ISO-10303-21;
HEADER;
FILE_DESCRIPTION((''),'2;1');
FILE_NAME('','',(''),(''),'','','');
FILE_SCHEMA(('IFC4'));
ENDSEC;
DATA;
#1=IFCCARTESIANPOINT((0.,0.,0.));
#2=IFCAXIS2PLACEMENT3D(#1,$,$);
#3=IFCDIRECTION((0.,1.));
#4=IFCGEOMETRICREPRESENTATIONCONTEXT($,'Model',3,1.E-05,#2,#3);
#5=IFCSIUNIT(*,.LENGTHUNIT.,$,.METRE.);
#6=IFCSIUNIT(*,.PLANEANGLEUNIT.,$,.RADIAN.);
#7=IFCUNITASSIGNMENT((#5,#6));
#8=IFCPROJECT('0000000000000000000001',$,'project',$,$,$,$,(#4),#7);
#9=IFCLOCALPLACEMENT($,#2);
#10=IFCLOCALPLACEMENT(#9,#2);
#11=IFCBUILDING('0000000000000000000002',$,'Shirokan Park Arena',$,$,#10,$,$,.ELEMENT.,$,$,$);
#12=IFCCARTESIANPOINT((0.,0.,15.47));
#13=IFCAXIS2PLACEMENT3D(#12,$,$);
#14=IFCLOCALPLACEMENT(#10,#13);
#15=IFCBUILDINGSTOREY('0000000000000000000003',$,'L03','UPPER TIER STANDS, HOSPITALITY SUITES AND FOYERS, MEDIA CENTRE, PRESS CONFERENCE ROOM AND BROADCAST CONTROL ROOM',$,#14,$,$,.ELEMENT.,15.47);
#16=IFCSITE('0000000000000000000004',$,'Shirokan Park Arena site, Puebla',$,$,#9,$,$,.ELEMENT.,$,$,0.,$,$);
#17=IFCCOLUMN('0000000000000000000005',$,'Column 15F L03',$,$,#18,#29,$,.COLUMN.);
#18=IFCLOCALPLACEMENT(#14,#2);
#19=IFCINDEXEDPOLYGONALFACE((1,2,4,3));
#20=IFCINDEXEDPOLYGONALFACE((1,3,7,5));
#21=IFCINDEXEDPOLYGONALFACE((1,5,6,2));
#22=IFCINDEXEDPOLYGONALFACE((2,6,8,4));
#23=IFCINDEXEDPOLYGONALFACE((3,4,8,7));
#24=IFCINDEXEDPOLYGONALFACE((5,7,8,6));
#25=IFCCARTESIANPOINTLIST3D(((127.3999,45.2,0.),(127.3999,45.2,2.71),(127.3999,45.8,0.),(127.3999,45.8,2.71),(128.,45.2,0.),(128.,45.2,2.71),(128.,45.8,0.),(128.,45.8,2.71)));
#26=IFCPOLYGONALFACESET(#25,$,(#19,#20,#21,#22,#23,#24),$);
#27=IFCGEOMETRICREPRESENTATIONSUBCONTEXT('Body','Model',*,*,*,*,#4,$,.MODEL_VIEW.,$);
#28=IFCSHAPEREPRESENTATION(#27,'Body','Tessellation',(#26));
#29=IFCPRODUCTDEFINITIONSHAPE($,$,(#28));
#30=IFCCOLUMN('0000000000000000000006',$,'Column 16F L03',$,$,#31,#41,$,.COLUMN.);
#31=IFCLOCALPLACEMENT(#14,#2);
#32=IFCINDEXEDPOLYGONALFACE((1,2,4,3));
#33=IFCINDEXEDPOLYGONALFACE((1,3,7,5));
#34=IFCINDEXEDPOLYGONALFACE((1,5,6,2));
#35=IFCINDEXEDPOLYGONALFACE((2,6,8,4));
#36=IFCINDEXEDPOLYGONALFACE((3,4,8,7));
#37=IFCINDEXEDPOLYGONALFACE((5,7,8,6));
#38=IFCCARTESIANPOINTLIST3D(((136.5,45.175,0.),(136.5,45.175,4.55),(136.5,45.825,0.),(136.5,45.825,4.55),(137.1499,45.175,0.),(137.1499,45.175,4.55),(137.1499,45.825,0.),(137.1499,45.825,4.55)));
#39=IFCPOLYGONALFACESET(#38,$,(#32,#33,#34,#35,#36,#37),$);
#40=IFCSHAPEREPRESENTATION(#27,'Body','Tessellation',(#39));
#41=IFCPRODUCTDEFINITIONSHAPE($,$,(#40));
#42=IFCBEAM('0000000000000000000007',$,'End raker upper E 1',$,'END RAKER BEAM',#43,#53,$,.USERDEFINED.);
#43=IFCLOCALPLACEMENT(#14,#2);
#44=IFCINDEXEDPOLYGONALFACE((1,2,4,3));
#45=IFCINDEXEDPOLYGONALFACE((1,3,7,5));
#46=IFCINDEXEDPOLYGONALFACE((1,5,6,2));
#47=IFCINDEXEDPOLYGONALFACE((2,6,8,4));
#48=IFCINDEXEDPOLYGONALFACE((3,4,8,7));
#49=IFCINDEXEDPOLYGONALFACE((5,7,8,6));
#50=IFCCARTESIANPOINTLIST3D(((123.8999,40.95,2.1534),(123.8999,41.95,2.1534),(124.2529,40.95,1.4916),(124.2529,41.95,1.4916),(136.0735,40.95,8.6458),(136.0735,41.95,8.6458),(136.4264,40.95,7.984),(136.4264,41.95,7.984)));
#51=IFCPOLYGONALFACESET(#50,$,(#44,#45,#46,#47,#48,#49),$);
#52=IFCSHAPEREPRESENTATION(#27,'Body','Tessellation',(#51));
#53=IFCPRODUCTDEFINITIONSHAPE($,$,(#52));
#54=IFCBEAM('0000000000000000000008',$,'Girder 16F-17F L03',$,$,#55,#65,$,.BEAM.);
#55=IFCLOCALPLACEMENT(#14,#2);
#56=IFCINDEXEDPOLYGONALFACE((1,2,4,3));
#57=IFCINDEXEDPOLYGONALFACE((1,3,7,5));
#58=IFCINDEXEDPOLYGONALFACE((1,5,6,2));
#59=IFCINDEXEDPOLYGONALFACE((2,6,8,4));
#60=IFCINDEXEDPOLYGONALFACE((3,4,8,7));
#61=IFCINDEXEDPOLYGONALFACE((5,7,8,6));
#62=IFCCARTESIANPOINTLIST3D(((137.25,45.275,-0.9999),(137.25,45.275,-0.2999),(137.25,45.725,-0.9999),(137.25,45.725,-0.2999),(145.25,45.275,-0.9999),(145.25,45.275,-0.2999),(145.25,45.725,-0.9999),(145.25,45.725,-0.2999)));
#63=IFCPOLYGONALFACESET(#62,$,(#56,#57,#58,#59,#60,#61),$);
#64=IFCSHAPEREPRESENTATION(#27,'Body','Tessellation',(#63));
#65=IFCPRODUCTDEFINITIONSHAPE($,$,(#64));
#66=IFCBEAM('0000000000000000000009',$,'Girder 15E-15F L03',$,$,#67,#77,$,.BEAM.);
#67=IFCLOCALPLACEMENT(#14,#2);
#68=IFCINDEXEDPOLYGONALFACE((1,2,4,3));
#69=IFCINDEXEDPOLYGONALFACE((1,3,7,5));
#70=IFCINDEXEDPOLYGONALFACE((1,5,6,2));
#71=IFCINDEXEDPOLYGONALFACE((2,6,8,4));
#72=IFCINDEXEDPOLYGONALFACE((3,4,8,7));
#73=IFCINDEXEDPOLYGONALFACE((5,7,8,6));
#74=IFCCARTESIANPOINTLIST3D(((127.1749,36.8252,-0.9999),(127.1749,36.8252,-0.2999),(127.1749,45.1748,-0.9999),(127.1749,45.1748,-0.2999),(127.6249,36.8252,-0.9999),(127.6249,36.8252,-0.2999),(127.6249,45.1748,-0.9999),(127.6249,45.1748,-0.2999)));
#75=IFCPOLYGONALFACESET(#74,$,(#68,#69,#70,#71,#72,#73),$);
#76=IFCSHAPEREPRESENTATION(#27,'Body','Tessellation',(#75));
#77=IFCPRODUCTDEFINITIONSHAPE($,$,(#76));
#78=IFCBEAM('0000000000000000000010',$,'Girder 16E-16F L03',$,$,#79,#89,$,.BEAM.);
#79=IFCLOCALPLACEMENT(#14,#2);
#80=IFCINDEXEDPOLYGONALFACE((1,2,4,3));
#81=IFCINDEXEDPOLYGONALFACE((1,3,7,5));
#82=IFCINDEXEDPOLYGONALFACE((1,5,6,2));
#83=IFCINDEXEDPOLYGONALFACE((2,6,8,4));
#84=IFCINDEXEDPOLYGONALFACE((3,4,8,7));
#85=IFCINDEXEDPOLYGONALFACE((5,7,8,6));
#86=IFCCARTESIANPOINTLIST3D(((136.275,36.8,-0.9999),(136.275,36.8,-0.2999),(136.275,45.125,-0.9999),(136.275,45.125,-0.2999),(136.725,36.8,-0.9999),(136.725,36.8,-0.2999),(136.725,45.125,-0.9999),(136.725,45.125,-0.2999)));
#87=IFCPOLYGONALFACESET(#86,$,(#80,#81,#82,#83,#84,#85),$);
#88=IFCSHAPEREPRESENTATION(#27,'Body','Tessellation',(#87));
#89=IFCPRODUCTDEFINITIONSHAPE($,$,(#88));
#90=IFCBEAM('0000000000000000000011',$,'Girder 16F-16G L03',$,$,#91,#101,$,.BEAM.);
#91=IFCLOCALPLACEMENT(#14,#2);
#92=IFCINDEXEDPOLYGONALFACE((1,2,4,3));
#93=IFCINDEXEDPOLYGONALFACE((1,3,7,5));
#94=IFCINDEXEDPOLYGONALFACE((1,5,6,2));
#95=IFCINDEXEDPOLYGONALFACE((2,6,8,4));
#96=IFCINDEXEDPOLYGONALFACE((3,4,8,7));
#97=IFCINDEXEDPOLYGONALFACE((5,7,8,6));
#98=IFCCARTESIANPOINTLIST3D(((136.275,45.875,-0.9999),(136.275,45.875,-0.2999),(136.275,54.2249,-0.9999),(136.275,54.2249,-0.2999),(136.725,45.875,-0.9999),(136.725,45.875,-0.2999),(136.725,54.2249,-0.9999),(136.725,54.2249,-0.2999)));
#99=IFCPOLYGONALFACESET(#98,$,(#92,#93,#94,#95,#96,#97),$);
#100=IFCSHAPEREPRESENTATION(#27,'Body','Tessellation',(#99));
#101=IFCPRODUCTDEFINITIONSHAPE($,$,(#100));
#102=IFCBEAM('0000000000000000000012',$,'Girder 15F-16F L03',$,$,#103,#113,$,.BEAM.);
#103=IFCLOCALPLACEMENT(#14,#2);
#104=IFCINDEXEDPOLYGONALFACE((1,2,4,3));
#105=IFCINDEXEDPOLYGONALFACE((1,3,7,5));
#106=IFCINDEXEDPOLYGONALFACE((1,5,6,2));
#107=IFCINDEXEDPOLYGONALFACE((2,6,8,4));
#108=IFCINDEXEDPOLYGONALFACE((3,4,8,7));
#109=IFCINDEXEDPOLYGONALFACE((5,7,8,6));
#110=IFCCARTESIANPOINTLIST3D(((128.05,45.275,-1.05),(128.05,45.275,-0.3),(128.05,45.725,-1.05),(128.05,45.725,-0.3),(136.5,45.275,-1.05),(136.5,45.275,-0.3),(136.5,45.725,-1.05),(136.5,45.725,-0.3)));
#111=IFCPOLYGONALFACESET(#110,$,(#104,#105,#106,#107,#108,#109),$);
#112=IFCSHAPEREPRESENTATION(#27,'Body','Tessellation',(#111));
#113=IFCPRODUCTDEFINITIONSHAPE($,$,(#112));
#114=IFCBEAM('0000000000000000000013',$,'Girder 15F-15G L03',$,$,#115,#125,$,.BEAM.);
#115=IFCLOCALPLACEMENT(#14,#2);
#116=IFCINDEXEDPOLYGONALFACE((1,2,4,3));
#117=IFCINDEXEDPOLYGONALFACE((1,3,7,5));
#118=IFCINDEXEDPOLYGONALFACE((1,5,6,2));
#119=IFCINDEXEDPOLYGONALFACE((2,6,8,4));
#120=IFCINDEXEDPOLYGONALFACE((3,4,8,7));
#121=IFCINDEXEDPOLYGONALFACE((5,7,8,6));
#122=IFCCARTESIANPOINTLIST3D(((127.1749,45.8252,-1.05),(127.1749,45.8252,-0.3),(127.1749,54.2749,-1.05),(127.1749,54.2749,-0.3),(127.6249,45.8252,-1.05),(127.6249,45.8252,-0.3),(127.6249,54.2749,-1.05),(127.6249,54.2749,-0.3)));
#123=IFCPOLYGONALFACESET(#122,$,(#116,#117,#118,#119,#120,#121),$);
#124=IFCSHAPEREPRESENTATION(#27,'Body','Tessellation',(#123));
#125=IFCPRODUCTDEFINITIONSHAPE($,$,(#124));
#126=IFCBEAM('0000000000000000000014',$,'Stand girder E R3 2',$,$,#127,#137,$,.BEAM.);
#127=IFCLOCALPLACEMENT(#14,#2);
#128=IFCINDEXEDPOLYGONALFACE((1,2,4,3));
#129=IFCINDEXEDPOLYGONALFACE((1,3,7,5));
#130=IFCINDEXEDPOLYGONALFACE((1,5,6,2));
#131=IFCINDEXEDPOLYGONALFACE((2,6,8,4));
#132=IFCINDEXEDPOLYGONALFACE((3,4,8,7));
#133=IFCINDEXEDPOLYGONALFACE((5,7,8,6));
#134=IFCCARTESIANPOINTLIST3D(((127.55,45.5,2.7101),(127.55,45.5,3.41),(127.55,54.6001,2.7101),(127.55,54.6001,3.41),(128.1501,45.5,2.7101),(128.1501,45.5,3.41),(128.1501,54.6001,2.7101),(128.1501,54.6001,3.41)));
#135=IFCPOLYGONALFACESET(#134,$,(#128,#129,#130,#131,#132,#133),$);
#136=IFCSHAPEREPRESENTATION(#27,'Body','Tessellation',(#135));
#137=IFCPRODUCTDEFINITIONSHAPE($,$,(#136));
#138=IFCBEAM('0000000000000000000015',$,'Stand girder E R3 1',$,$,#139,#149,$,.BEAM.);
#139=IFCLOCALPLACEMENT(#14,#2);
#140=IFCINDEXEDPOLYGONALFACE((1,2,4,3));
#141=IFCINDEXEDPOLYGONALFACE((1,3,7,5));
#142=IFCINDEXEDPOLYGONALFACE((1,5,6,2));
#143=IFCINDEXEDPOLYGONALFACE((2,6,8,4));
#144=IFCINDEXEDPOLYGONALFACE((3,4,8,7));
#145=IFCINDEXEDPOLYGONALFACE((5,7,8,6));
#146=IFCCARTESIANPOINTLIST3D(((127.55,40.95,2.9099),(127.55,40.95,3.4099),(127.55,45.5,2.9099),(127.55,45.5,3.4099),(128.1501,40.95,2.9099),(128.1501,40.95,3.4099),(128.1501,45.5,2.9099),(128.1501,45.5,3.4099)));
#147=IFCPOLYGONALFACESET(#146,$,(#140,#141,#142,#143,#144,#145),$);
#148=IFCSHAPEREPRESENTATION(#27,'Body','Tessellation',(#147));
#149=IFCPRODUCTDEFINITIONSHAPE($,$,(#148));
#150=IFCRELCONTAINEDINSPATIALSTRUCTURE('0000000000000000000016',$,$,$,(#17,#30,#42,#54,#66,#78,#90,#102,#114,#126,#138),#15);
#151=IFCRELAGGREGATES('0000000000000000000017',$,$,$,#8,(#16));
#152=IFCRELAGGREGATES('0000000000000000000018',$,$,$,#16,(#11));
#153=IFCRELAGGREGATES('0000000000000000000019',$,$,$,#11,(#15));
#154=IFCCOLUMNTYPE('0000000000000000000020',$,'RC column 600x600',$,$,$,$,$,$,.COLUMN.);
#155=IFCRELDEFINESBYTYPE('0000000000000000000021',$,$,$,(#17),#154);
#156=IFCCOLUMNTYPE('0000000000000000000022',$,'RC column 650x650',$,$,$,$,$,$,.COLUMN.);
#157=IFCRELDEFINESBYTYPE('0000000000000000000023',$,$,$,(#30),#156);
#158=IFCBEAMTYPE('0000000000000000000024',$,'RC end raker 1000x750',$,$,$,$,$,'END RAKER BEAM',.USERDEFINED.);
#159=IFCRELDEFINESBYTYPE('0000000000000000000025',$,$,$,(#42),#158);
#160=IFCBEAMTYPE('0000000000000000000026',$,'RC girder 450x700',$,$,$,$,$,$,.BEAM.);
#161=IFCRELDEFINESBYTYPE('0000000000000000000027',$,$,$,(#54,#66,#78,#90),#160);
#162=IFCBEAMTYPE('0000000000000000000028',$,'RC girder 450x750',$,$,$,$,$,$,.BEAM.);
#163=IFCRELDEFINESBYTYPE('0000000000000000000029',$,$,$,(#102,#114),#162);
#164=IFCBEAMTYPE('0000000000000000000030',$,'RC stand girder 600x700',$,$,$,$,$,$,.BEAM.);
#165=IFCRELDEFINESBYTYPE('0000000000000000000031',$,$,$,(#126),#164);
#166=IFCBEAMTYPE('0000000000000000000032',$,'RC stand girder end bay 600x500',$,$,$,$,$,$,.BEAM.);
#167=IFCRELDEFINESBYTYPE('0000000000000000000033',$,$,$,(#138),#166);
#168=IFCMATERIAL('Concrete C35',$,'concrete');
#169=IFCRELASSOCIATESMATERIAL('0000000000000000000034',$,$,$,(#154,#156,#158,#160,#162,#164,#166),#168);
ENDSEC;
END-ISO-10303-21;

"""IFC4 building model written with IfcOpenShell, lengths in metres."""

from ifc_helpers import new_model, si_unit, direction, frame, origin, origin_2d, place, context, subcontext, project, spatial, rectangle, extrude, material, material_profile, profile_set, type_object, element, save


model = new_model("IFC4")

# Units and contexts
model_context = context("Model", 3, precision=1e-05, world=origin(), true_north=direction((0.0, 1.0)))
body_context = subcontext(model_context, "Body", "Model", "MODEL_VIEW")
ifc_project = project(units=[si_unit("LENGTHUNIT", "METRE"), si_unit("PLANEANGLEUNIT", "RADIAN")], contexts=[model_context])

# Site, building, storey
site_placement = place(None, origin())
site = spatial("IfcSite", under=ifc_project, at=site_placement, Name="Shirokan Park Arena site, Puebla", CompositionType="ELEMENT", RefElevation=0.0)
building_placement = place(site_placement, origin())
building = spatial("IfcBuilding", under=site, at=building_placement, Name="Shirokan Park Arena", CompositionType="ELEMENT")
storey_placement = place(building_placement, frame((0.0, 0.0, 15.47)))
storey = spatial("IfcBuildingStorey", under=building, at=storey_placement, Name="L03", Description="UPPER TIER STANDS, HOSPITALITY SUITES AND FOYERS, MEDIA CENTRE, PRESS CONFERENCE ROOM AND BROADCAST CONTROL ROOM", CompositionType="ELEMENT", Elevation=15.47)

# Columns
ifc_material_1 = material(Name="Concrete C35", Category="concrete")
ifc_material_profile_1 = material_profile(ifc_material_1, rectangle(XDim=0.6001, YDim=0.6001, at=origin_2d()), Name="600x600")
ifc_profile_set_1 = profile_set([ifc_material_profile_1], Name="Concrete C35")
column_type_1 = type_object("IfcColumnType", Name="RC column 600x600", PredefinedType="COLUMN", material=ifc_profile_set_1)
column_1_placement = place(storey_placement, frame((127.7, 45.5, 0.0), z_axis=(0.0, 0.0, 1.0), x_axis=(1.0, 0.0, 0.0)))
element("IfcColumn", 1, at=column_1_placement, inside=storey, type_object=column_type_1, Name="Column 15F L03", PredefinedType="COLUMN", context=body_context, shape_type="SweptSolid", body=[
    extrude(rectangle(XDim=0.6001, YDim=0.6001, at=origin_2d()), origin(), (0.0, 0.0, 1.0), 2.71),
])
ifc_material_profile_2 = material_profile(ifc_material_1, rectangle(XDim=0.6499, YDim=0.6499, at=origin_2d()), Name="650x650")
ifc_profile_set_2 = profile_set([ifc_material_profile_2], Name="Concrete C35")
column_type_2 = type_object("IfcColumnType", Name="RC column 650x650", PredefinedType="COLUMN", material=ifc_profile_set_2)
column_2_placement = place(storey_placement, frame((136.825, 45.5, 0.0), z_axis=(0.0, 0.0, 1.0), x_axis=(1.0, 0.0, 0.0)))
element("IfcColumn", 2, at=column_2_placement, inside=storey, type_object=column_type_2, Name="Column 16F L03", PredefinedType="COLUMN", context=body_context, shape_type="SweptSolid", body=[
    extrude(rectangle(XDim=0.6499, YDim=0.6499, at=origin_2d()), origin(), (0.0, 0.0, 1.0), 4.55),
])

# Beams
ifc_material_profile_3 = material_profile(ifc_material_1, rectangle(XDim=1.0, YDim=0.75, at=origin_2d()), Name="1000x750")
ifc_profile_set_3 = profile_set([ifc_material_profile_3], Name="Concrete C35")
beam_type_1 = type_object("IfcBeamType", Name="RC end raker 1000x750", ElementType="END RAKER BEAM", PredefinedType="USERDEFINED", material=ifc_profile_set_3)
beam_1_placement = place(storey_placement, frame((124.0764, 41.45, 1.8225), z_axis=(0.882357, 0.0, 0.47058), x_axis=(0.0, 1.0, 0.0)))
element("IfcBeam", 3, at=beam_1_placement, inside=storey, type_object=beam_type_1, Name="End raker upper E 1", ObjectType="END RAKER BEAM", PredefinedType="USERDEFINED", context=body_context, shape_type="SweptSolid", body=[
    extrude(rectangle(XDim=1.0, YDim=0.75, at=origin_2d()), origin(), (0.0, 0.0, 1.0), 13.7966),
])
ifc_material_profile_4 = material_profile(ifc_material_1, rectangle(XDim=0.45, YDim=0.7, at=origin_2d()), Name="450x700")
ifc_profile_set_4 = profile_set([ifc_material_profile_4], Name="Concrete C35")
beam_type_2 = type_object("IfcBeamType", Name="RC girder 450x700", PredefinedType="BEAM", material=ifc_profile_set_4)
beam_2_placement = place(storey_placement, frame((137.25, 45.5, -0.6499), z_axis=(1.0, 0.0, 0.0), x_axis=(0.0, 1.0, 0.0)))
element("IfcBeam", 4, at=beam_2_placement, inside=storey, type_object=beam_type_2, Name="Girder 16F-17F L03", PredefinedType="BEAM", context=body_context, shape_type="SweptSolid", body=[
    extrude(rectangle(XDim=0.45, YDim=0.7, at=origin_2d()), origin(), (0.0, 0.0, 1.0), 8.0),
])
beam_3_placement = place(storey_placement, frame((127.3999, 36.8252, -0.6499), z_axis=(0.0, 1.0, 0.0), x_axis=(-1.0, 0.0, 0.0)))
element("IfcBeam", 5, at=beam_3_placement, inside=storey, type_object=beam_type_2, Name="Girder 15E-15F L03", PredefinedType="BEAM", context=body_context, shape_type="SweptSolid", body=[
    extrude(rectangle(XDim=0.45, YDim=0.7, at=origin_2d()), origin(), (0.0, 0.0, 1.0), 8.3496),
])
beam_4_placement = place(storey_placement, frame((136.5, 36.8, -0.6499), z_axis=(0.0, 1.0, 0.0), x_axis=(-1.0, 0.0, 0.0)))
element("IfcBeam", 6, at=beam_4_placement, inside=storey, type_object=beam_type_2, Name="Girder 16E-16F L03", PredefinedType="BEAM", context=body_context, shape_type="SweptSolid", body=[
    extrude(rectangle(XDim=0.45, YDim=0.7, at=origin_2d()), origin(), (0.0, 0.0, 1.0), 8.325),
])
beam_5_placement = place(storey_placement, frame((136.5, 45.875, -0.6499), z_axis=(0.0, 1.0, 0.0), x_axis=(-1.0, 0.0, 0.0)))
element("IfcBeam", 7, at=beam_5_placement, inside=storey, type_object=beam_type_2, Name="Girder 16F-16G L03", PredefinedType="BEAM", context=body_context, shape_type="SweptSolid", body=[
    extrude(rectangle(XDim=0.45, YDim=0.7, at=origin_2d()), origin(), (0.0, 0.0, 1.0), 8.3499),
])
ifc_material_profile_5 = material_profile(ifc_material_1, rectangle(XDim=0.45, YDim=0.75, at=origin_2d()), Name="450x750")
ifc_profile_set_5 = profile_set([ifc_material_profile_5], Name="Concrete C35")
beam_type_3 = type_object("IfcBeamType", Name="RC girder 450x750", PredefinedType="BEAM", material=ifc_profile_set_5)
beam_6_placement = place(storey_placement, frame((128.05, 45.5, -0.675), z_axis=(1.0, 0.0, 0.0), x_axis=(0.0, 1.0, 0.0)))
element("IfcBeam", 8, at=beam_6_placement, inside=storey, type_object=beam_type_3, Name="Girder 15F-16F L03", PredefinedType="BEAM", context=body_context, shape_type="SweptSolid", body=[
    extrude(rectangle(XDim=0.45, YDim=0.75, at=origin_2d()), origin(), (0.0, 0.0, 1.0), 8.45),
])
beam_7_placement = place(storey_placement, frame((127.3999, 45.8252, -0.675), z_axis=(0.0, 1.0, 0.0), x_axis=(-1.0, 0.0, 0.0)))
element("IfcBeam", 9, at=beam_7_placement, inside=storey, type_object=beam_type_3, Name="Girder 15F-15G L03", PredefinedType="BEAM", context=body_context, shape_type="SweptSolid", body=[
    extrude(rectangle(XDim=0.45, YDim=0.75, at=origin_2d()), origin(), (0.0, 0.0, 1.0), 8.4497),
])
ifc_material_profile_6 = material_profile(ifc_material_1, rectangle(XDim=0.6001, YDim=0.7, at=origin_2d()), Name="600x700")
ifc_profile_set_6 = profile_set([ifc_material_profile_6], Name="Concrete C35")
beam_type_4 = type_object("IfcBeamType", Name="RC stand girder 600x700", PredefinedType="BEAM", material=ifc_profile_set_6)
beam_8_placement = place(storey_placement, frame((127.8501, 45.5, 3.0601), z_axis=(0.0, 1.0, 0.0), x_axis=(-1.0, 0.0, 0.0)))
element("IfcBeam", 10, at=beam_8_placement, inside=storey, type_object=beam_type_4, Name="Stand girder E R3 2", PredefinedType="BEAM", context=body_context, shape_type="SweptSolid", body=[
    extrude(rectangle(XDim=0.6001, YDim=0.7, at=origin_2d()), origin(), (0.0, 0.0, 1.0), 9.1001),
])
ifc_material_profile_7 = material_profile(ifc_material_1, rectangle(XDim=0.6001, YDim=0.5, at=origin_2d()), Name="600x500")
ifc_profile_set_7 = profile_set([ifc_material_profile_7], Name="Concrete C35")
beam_type_5 = type_object("IfcBeamType", Name="RC stand girder end bay 600x500", PredefinedType="BEAM", material=ifc_profile_set_7)
beam_9_placement = place(storey_placement, frame((127.8501, 40.95, 3.1599), z_axis=(0.0, 1.0, 0.0), x_axis=(-1.0, 0.0, 0.0)))
element("IfcBeam", 11, at=beam_9_placement, inside=storey, type_object=beam_type_5, Name="Stand girder E R3 1", PredefinedType="BEAM", context=body_context, shape_type="SweptSolid", body=[
    extrude(rectangle(XDim=0.6001, YDim=0.5, at=origin_2d()), origin(), (0.0, 0.0, 1.0), 4.55),
])

save(model, "model.ifc")
